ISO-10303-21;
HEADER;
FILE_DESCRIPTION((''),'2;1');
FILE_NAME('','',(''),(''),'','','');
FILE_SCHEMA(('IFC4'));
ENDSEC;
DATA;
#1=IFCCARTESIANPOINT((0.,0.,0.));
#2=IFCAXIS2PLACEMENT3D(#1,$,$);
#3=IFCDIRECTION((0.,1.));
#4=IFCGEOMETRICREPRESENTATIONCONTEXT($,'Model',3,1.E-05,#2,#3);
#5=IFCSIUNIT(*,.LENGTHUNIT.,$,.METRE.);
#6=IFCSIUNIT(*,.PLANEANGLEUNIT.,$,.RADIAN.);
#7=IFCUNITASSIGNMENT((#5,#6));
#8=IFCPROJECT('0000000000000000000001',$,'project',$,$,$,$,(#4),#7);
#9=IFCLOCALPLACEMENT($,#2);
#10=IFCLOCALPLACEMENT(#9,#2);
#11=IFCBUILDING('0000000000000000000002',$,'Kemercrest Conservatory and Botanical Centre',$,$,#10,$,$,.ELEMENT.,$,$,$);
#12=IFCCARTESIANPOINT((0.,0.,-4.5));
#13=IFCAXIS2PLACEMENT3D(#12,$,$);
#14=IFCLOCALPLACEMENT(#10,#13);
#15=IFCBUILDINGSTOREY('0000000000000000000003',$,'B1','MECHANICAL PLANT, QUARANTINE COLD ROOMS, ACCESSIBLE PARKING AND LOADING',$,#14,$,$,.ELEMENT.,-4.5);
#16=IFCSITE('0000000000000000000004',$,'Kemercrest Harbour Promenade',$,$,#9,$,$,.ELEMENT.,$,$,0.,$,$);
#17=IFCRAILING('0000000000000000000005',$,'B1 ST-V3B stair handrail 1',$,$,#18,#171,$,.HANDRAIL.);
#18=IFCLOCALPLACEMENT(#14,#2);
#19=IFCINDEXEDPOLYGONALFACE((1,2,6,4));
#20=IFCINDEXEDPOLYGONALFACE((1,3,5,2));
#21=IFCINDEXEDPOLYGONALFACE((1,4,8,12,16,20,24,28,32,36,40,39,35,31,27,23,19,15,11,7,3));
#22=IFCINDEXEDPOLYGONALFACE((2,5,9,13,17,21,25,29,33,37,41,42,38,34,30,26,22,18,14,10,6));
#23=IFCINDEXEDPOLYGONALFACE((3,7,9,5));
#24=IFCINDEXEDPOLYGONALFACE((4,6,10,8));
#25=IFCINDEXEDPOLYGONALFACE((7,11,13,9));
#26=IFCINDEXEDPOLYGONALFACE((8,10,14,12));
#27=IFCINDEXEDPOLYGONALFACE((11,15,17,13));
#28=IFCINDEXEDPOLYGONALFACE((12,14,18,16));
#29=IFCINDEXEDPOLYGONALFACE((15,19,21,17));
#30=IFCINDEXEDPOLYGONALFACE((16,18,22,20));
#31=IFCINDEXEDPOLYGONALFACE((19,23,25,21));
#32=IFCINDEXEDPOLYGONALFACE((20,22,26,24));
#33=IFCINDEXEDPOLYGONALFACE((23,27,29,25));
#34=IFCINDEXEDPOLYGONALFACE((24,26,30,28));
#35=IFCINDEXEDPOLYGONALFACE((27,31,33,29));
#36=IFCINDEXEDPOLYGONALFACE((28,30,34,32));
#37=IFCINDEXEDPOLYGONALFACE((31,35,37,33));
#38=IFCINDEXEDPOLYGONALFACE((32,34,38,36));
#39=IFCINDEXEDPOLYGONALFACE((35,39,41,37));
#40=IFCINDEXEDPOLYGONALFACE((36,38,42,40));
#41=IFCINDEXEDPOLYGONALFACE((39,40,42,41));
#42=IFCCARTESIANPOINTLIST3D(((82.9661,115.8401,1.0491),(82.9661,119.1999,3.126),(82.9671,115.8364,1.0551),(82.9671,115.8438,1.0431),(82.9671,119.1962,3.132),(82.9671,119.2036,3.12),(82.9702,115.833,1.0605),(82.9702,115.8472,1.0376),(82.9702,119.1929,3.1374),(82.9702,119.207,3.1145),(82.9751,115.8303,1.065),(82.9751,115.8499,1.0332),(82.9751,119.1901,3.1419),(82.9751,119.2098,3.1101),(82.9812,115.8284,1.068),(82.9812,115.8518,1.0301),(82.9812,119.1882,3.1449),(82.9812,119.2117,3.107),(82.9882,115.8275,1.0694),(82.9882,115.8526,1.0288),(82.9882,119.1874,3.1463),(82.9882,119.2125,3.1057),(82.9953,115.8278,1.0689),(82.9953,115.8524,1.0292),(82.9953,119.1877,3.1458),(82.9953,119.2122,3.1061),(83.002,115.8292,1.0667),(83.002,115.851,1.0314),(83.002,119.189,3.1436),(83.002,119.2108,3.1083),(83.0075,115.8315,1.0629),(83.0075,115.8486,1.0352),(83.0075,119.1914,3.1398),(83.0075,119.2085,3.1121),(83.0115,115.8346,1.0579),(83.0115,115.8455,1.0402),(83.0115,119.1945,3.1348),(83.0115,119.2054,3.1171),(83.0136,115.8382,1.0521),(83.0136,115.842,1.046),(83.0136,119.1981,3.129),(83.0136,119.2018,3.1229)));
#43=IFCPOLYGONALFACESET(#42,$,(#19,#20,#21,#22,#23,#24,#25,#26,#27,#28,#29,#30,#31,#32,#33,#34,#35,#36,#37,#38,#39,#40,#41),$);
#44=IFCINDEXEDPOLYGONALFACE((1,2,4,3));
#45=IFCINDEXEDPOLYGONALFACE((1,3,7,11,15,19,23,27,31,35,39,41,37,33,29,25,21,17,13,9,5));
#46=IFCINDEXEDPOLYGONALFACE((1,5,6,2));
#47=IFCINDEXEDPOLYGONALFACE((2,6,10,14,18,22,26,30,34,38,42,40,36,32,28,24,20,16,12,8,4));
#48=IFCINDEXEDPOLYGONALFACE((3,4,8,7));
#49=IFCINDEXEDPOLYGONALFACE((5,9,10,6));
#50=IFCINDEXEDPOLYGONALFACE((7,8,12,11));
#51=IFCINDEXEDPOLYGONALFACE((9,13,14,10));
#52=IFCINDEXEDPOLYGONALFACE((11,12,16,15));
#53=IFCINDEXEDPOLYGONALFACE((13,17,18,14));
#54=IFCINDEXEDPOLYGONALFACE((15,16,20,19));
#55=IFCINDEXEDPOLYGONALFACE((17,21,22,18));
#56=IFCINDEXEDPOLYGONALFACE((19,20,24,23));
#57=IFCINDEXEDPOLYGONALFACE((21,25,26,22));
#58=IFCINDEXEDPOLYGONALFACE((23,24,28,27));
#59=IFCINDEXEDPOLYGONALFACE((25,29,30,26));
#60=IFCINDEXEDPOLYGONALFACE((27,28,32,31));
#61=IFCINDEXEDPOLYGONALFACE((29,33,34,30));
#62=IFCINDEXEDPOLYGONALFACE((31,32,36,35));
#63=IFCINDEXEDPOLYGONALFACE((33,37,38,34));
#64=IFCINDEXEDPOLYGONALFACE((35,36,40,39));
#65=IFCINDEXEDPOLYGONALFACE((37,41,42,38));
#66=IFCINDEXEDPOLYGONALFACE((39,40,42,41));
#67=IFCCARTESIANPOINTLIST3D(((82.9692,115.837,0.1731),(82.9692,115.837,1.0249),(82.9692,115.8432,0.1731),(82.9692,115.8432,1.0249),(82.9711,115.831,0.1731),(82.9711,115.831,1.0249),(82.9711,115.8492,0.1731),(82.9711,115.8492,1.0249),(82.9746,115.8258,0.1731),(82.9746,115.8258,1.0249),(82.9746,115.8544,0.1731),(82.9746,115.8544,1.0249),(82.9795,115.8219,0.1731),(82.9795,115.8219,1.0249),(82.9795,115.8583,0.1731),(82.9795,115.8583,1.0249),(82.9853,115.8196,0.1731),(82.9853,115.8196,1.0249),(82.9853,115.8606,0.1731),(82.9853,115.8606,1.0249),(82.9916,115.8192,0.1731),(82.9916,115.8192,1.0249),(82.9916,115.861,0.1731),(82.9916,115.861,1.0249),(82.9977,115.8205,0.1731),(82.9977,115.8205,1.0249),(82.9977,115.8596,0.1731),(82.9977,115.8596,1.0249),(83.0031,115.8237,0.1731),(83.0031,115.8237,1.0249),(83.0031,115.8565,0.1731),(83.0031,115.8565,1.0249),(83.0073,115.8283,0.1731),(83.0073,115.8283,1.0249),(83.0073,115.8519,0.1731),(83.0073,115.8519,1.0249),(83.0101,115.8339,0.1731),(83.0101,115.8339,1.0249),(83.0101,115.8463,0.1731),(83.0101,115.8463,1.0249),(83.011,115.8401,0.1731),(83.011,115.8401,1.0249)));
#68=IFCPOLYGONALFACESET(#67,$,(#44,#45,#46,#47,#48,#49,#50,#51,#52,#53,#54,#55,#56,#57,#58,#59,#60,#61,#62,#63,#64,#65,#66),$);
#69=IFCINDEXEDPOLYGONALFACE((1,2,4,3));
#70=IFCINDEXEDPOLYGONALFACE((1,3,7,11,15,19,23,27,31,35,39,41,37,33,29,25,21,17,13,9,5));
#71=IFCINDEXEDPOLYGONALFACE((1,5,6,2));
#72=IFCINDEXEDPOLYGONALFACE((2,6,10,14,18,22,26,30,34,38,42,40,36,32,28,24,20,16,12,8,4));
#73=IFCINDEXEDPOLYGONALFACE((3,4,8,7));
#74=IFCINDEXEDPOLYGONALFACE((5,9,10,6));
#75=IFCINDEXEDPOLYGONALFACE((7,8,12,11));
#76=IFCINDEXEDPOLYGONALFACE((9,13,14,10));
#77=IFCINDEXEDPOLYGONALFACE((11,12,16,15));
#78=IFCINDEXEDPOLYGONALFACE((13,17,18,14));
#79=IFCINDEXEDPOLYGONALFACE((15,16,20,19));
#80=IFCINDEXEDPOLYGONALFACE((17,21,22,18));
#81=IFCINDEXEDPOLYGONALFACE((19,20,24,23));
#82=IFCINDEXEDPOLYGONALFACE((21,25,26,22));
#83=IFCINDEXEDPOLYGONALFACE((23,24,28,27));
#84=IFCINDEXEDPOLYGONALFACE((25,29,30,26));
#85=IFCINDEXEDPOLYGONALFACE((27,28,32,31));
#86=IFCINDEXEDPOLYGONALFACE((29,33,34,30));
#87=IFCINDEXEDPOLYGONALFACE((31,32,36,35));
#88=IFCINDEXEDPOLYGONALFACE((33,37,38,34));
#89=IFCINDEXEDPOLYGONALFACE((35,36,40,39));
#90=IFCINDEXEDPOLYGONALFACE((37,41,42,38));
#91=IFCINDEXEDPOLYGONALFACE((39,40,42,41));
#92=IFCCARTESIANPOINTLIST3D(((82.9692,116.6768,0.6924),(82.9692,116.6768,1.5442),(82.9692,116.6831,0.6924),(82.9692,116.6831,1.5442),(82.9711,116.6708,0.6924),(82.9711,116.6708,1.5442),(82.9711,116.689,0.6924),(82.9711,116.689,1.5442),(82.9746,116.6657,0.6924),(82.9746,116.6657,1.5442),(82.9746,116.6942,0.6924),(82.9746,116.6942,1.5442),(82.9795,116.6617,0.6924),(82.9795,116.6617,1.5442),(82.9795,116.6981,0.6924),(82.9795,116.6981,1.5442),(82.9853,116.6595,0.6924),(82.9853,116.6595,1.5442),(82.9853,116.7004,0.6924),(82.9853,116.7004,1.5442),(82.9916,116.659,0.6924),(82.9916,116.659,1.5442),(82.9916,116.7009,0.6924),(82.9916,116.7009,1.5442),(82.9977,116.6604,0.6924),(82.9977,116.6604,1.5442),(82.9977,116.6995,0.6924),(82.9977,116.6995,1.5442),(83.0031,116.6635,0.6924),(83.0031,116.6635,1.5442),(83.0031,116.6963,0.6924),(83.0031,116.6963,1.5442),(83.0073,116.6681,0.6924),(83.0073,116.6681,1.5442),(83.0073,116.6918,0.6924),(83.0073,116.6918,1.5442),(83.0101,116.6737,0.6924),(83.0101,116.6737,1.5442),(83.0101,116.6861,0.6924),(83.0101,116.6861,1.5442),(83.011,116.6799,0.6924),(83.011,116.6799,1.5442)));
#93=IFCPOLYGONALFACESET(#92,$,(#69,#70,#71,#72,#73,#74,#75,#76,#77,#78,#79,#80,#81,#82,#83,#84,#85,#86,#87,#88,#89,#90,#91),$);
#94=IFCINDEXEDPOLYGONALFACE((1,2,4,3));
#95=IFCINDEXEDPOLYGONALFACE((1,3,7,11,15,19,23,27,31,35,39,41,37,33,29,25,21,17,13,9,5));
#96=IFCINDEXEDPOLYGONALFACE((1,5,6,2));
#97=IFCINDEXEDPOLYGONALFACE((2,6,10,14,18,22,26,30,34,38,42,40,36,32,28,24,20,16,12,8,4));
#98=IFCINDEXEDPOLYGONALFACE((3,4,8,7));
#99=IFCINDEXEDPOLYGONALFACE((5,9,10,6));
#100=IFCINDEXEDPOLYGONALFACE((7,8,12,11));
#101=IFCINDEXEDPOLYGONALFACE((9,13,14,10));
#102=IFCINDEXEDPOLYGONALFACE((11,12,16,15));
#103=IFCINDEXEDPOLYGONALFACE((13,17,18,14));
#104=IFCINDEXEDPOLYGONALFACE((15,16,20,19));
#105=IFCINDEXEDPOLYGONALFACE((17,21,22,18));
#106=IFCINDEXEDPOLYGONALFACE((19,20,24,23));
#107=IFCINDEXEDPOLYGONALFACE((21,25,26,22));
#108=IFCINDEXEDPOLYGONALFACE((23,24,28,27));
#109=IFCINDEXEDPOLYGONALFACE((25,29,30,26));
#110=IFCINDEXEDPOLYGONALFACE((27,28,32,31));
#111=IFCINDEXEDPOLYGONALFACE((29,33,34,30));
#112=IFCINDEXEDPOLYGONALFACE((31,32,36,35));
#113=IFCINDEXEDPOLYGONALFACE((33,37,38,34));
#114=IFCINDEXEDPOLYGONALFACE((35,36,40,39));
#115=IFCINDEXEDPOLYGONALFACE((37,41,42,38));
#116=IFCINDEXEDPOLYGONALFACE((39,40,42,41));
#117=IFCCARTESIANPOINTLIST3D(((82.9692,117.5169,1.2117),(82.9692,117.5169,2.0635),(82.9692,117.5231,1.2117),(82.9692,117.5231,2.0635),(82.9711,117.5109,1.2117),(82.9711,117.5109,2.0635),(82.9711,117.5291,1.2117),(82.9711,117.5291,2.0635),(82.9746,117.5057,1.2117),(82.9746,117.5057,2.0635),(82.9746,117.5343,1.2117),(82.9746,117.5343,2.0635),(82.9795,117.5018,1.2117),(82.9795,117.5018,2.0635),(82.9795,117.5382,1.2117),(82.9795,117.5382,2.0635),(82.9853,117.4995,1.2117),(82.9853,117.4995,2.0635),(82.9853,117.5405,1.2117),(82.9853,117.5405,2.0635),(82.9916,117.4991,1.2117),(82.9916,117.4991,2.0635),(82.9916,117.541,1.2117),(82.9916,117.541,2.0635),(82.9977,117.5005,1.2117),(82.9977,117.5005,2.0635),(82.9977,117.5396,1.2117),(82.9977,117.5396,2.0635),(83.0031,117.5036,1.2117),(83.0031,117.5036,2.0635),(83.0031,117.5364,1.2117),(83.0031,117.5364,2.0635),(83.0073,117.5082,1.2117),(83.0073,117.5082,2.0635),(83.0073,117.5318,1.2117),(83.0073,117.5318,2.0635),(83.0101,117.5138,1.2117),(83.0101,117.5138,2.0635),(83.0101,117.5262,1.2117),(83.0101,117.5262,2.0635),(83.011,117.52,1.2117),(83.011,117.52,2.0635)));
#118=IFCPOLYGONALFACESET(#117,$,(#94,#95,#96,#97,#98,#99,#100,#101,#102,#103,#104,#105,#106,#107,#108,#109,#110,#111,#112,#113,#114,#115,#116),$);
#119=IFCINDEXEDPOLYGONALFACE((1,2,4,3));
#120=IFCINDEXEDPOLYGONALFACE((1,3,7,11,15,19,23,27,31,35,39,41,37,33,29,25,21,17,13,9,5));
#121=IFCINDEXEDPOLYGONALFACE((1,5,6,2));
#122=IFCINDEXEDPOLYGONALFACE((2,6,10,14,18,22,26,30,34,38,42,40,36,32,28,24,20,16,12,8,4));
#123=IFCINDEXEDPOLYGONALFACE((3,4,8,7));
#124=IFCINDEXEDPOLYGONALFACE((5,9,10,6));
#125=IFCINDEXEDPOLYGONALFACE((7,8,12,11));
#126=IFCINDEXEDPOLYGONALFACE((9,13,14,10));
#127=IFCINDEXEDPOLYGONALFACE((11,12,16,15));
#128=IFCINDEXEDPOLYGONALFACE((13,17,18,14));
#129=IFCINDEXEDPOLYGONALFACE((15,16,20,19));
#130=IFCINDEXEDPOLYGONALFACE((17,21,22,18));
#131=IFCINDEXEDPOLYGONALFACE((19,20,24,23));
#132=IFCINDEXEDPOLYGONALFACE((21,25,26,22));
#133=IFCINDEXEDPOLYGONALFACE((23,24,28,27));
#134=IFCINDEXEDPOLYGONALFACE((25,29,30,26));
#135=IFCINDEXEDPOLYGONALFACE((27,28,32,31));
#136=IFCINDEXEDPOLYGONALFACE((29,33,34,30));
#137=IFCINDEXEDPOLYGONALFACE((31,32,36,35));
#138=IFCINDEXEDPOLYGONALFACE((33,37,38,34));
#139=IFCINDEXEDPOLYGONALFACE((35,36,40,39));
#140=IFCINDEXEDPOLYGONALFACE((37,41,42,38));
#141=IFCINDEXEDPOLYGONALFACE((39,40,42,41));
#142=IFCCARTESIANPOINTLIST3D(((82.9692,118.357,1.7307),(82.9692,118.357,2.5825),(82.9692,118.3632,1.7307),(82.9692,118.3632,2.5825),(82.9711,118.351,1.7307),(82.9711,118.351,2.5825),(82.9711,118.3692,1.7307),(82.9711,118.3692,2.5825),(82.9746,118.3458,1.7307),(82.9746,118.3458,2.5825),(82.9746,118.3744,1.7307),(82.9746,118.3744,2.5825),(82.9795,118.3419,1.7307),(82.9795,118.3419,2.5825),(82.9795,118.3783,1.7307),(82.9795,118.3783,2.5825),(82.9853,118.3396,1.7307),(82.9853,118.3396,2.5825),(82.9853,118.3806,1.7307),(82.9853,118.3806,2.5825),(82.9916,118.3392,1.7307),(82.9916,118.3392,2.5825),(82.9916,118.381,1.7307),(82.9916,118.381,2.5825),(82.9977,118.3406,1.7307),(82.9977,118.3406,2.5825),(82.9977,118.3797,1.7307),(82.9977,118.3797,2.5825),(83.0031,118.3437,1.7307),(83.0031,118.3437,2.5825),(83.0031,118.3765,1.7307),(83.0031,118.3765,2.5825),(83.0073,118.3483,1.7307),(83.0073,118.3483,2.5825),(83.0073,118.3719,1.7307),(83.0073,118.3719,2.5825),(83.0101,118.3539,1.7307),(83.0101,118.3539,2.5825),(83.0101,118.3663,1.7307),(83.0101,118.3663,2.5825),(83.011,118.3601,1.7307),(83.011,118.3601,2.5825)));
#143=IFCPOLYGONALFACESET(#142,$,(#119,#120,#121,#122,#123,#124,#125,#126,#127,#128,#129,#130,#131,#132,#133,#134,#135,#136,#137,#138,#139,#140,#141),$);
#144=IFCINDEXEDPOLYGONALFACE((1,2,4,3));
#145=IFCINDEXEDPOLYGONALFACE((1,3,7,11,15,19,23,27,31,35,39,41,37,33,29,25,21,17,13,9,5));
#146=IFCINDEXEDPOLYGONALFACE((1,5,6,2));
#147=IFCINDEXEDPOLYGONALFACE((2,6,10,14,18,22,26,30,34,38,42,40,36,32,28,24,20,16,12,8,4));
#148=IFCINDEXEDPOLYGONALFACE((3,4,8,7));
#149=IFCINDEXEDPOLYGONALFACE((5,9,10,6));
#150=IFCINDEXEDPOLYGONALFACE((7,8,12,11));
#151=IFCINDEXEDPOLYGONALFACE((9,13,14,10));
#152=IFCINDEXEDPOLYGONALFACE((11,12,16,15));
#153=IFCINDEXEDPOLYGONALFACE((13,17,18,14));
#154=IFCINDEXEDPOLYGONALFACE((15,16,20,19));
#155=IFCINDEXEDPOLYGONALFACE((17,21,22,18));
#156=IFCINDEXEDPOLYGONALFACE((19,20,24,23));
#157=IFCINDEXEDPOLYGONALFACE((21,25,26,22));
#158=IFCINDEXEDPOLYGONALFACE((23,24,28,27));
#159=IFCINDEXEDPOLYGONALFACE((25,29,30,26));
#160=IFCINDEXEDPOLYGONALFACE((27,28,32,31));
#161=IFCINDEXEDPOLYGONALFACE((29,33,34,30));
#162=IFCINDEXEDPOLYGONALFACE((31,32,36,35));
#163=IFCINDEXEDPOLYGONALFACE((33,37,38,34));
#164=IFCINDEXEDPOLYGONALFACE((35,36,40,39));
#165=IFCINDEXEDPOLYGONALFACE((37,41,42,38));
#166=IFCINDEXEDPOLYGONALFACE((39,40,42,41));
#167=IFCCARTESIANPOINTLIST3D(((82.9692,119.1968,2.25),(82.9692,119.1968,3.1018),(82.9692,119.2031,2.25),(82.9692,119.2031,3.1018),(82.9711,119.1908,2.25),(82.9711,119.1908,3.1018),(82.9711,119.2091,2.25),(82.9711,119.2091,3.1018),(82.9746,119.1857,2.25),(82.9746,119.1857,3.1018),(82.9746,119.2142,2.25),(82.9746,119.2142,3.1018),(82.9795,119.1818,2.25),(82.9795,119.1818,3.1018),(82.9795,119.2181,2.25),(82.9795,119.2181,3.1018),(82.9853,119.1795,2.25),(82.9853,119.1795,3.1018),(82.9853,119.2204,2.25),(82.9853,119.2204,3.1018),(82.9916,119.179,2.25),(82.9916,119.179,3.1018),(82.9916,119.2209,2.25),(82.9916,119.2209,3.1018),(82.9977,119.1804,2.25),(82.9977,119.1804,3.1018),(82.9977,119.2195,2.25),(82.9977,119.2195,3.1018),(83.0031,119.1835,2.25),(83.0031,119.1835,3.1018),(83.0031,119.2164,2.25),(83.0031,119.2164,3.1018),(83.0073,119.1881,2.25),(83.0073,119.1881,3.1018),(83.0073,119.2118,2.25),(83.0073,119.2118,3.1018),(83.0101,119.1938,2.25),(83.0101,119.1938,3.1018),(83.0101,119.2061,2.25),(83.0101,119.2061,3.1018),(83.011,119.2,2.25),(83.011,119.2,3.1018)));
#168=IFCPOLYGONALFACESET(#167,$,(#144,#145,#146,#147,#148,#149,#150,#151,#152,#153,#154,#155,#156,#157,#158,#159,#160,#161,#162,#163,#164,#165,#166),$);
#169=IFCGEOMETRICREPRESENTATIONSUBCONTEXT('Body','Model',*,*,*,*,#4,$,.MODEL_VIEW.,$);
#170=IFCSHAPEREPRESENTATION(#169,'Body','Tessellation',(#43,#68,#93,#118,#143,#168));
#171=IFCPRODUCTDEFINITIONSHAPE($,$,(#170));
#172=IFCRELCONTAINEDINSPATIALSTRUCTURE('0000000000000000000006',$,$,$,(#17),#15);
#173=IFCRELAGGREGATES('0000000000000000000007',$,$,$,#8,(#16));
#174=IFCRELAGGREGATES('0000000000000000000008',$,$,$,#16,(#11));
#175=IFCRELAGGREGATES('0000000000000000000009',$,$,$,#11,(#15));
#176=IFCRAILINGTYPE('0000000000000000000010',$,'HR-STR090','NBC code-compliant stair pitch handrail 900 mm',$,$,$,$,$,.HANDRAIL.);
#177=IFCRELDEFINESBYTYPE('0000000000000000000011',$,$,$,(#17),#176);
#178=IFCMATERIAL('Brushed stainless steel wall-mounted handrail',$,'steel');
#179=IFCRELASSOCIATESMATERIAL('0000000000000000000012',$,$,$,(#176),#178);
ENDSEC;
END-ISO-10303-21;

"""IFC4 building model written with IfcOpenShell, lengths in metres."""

from ifc_helpers import new_model, si_unit, direction, frame, origin, origin_2d, place, context, subcontext, project, spatial, circle, extrude, material, type_object, element, save


model = new_model("IFC4")

# Units and contexts
model_context = context("Model", 3, precision=1e-05, world=origin(), true_north=direction((0.0, 1.0)))
body_context = subcontext(model_context, "Body", "Model", "MODEL_VIEW")
ifc_project = project(units=[si_unit("LENGTHUNIT", "METRE"), si_unit("PLANEANGLEUNIT", "RADIAN")], contexts=[model_context])

# Site, building, storey
site_placement = place(None, origin())
site = spatial("IfcSite", under=ifc_project, at=site_placement, Name="Kemercrest Harbour Promenade", CompositionType="ELEMENT", RefElevation=0.0)
building_placement = place(site_placement, origin())
building = spatial("IfcBuilding", under=site, at=building_placement, Name="Kemercrest Conservatory and Botanical Centre", CompositionType="ELEMENT")
storey_placement = place(building_placement, frame((0.0, 0.0, -4.5)))
storey = spatial("IfcBuildingStorey", under=building, at=storey_placement, Name="B1", Description="MECHANICAL PLANT, QUARANTINE COLD ROOMS, ACCESSIBLE PARKING AND LOADING", CompositionType="ELEMENT", Elevation=-4.5)

# Railing
ifc_material_1 = material(Name="Brushed stainless steel wall-mounted handrail", Category="steel")
railing_type = type_object("IfcRailingType", Name="HR-STR090", Description="NBC code-compliant stair pitch handrail 900 mm", PredefinedType="HANDRAIL", material=ifc_material_1)
railing_placement = place(storey_placement, frame((82.99, 115.8401, 0.1731)))
element("IfcRailing", 1, at=railing_placement, inside=storey, type_object=railing_type, Name="B1 ST-V3B stair handrail 1", PredefinedType="HANDRAIL", context=body_context, shape_type="SweptSolid", body=[
    extrude(circle(Radius=0.0239, at=origin_2d()), frame((0.0, 0.0, 0.876), z_axis=(0.0, 0.850606, 0.525803), x_axis=(-1.0, 0.0, 0.0)), (0.0, 0.0, 1.0), 3.95),
    extrude(circle(Radius=0.021, at=origin_2d()), origin(), (0.0, 0.0, 1.0), 0.8518),
    extrude(circle(Radius=0.021, at=origin_2d()), frame((0.0, 0.8398, 0.5193)), (0.0, 0.0, 1.0), 0.8518),
    extrude(circle(Radius=0.021, at=origin_2d()), frame((0.0, 1.6799, 1.0386)), (0.0, 0.0, 1.0), 0.8518),
    extrude(circle(Radius=0.021, at=origin_2d()), frame((0.0, 2.52, 1.5576)), (0.0, 0.0, 1.0), 0.8518),
    extrude(circle(Radius=0.021, at=origin_2d()), frame((0.0, 3.3599, 2.0769)), (0.0, 0.0, 1.0), 0.8518),
])

save(model, "model.ifc")
